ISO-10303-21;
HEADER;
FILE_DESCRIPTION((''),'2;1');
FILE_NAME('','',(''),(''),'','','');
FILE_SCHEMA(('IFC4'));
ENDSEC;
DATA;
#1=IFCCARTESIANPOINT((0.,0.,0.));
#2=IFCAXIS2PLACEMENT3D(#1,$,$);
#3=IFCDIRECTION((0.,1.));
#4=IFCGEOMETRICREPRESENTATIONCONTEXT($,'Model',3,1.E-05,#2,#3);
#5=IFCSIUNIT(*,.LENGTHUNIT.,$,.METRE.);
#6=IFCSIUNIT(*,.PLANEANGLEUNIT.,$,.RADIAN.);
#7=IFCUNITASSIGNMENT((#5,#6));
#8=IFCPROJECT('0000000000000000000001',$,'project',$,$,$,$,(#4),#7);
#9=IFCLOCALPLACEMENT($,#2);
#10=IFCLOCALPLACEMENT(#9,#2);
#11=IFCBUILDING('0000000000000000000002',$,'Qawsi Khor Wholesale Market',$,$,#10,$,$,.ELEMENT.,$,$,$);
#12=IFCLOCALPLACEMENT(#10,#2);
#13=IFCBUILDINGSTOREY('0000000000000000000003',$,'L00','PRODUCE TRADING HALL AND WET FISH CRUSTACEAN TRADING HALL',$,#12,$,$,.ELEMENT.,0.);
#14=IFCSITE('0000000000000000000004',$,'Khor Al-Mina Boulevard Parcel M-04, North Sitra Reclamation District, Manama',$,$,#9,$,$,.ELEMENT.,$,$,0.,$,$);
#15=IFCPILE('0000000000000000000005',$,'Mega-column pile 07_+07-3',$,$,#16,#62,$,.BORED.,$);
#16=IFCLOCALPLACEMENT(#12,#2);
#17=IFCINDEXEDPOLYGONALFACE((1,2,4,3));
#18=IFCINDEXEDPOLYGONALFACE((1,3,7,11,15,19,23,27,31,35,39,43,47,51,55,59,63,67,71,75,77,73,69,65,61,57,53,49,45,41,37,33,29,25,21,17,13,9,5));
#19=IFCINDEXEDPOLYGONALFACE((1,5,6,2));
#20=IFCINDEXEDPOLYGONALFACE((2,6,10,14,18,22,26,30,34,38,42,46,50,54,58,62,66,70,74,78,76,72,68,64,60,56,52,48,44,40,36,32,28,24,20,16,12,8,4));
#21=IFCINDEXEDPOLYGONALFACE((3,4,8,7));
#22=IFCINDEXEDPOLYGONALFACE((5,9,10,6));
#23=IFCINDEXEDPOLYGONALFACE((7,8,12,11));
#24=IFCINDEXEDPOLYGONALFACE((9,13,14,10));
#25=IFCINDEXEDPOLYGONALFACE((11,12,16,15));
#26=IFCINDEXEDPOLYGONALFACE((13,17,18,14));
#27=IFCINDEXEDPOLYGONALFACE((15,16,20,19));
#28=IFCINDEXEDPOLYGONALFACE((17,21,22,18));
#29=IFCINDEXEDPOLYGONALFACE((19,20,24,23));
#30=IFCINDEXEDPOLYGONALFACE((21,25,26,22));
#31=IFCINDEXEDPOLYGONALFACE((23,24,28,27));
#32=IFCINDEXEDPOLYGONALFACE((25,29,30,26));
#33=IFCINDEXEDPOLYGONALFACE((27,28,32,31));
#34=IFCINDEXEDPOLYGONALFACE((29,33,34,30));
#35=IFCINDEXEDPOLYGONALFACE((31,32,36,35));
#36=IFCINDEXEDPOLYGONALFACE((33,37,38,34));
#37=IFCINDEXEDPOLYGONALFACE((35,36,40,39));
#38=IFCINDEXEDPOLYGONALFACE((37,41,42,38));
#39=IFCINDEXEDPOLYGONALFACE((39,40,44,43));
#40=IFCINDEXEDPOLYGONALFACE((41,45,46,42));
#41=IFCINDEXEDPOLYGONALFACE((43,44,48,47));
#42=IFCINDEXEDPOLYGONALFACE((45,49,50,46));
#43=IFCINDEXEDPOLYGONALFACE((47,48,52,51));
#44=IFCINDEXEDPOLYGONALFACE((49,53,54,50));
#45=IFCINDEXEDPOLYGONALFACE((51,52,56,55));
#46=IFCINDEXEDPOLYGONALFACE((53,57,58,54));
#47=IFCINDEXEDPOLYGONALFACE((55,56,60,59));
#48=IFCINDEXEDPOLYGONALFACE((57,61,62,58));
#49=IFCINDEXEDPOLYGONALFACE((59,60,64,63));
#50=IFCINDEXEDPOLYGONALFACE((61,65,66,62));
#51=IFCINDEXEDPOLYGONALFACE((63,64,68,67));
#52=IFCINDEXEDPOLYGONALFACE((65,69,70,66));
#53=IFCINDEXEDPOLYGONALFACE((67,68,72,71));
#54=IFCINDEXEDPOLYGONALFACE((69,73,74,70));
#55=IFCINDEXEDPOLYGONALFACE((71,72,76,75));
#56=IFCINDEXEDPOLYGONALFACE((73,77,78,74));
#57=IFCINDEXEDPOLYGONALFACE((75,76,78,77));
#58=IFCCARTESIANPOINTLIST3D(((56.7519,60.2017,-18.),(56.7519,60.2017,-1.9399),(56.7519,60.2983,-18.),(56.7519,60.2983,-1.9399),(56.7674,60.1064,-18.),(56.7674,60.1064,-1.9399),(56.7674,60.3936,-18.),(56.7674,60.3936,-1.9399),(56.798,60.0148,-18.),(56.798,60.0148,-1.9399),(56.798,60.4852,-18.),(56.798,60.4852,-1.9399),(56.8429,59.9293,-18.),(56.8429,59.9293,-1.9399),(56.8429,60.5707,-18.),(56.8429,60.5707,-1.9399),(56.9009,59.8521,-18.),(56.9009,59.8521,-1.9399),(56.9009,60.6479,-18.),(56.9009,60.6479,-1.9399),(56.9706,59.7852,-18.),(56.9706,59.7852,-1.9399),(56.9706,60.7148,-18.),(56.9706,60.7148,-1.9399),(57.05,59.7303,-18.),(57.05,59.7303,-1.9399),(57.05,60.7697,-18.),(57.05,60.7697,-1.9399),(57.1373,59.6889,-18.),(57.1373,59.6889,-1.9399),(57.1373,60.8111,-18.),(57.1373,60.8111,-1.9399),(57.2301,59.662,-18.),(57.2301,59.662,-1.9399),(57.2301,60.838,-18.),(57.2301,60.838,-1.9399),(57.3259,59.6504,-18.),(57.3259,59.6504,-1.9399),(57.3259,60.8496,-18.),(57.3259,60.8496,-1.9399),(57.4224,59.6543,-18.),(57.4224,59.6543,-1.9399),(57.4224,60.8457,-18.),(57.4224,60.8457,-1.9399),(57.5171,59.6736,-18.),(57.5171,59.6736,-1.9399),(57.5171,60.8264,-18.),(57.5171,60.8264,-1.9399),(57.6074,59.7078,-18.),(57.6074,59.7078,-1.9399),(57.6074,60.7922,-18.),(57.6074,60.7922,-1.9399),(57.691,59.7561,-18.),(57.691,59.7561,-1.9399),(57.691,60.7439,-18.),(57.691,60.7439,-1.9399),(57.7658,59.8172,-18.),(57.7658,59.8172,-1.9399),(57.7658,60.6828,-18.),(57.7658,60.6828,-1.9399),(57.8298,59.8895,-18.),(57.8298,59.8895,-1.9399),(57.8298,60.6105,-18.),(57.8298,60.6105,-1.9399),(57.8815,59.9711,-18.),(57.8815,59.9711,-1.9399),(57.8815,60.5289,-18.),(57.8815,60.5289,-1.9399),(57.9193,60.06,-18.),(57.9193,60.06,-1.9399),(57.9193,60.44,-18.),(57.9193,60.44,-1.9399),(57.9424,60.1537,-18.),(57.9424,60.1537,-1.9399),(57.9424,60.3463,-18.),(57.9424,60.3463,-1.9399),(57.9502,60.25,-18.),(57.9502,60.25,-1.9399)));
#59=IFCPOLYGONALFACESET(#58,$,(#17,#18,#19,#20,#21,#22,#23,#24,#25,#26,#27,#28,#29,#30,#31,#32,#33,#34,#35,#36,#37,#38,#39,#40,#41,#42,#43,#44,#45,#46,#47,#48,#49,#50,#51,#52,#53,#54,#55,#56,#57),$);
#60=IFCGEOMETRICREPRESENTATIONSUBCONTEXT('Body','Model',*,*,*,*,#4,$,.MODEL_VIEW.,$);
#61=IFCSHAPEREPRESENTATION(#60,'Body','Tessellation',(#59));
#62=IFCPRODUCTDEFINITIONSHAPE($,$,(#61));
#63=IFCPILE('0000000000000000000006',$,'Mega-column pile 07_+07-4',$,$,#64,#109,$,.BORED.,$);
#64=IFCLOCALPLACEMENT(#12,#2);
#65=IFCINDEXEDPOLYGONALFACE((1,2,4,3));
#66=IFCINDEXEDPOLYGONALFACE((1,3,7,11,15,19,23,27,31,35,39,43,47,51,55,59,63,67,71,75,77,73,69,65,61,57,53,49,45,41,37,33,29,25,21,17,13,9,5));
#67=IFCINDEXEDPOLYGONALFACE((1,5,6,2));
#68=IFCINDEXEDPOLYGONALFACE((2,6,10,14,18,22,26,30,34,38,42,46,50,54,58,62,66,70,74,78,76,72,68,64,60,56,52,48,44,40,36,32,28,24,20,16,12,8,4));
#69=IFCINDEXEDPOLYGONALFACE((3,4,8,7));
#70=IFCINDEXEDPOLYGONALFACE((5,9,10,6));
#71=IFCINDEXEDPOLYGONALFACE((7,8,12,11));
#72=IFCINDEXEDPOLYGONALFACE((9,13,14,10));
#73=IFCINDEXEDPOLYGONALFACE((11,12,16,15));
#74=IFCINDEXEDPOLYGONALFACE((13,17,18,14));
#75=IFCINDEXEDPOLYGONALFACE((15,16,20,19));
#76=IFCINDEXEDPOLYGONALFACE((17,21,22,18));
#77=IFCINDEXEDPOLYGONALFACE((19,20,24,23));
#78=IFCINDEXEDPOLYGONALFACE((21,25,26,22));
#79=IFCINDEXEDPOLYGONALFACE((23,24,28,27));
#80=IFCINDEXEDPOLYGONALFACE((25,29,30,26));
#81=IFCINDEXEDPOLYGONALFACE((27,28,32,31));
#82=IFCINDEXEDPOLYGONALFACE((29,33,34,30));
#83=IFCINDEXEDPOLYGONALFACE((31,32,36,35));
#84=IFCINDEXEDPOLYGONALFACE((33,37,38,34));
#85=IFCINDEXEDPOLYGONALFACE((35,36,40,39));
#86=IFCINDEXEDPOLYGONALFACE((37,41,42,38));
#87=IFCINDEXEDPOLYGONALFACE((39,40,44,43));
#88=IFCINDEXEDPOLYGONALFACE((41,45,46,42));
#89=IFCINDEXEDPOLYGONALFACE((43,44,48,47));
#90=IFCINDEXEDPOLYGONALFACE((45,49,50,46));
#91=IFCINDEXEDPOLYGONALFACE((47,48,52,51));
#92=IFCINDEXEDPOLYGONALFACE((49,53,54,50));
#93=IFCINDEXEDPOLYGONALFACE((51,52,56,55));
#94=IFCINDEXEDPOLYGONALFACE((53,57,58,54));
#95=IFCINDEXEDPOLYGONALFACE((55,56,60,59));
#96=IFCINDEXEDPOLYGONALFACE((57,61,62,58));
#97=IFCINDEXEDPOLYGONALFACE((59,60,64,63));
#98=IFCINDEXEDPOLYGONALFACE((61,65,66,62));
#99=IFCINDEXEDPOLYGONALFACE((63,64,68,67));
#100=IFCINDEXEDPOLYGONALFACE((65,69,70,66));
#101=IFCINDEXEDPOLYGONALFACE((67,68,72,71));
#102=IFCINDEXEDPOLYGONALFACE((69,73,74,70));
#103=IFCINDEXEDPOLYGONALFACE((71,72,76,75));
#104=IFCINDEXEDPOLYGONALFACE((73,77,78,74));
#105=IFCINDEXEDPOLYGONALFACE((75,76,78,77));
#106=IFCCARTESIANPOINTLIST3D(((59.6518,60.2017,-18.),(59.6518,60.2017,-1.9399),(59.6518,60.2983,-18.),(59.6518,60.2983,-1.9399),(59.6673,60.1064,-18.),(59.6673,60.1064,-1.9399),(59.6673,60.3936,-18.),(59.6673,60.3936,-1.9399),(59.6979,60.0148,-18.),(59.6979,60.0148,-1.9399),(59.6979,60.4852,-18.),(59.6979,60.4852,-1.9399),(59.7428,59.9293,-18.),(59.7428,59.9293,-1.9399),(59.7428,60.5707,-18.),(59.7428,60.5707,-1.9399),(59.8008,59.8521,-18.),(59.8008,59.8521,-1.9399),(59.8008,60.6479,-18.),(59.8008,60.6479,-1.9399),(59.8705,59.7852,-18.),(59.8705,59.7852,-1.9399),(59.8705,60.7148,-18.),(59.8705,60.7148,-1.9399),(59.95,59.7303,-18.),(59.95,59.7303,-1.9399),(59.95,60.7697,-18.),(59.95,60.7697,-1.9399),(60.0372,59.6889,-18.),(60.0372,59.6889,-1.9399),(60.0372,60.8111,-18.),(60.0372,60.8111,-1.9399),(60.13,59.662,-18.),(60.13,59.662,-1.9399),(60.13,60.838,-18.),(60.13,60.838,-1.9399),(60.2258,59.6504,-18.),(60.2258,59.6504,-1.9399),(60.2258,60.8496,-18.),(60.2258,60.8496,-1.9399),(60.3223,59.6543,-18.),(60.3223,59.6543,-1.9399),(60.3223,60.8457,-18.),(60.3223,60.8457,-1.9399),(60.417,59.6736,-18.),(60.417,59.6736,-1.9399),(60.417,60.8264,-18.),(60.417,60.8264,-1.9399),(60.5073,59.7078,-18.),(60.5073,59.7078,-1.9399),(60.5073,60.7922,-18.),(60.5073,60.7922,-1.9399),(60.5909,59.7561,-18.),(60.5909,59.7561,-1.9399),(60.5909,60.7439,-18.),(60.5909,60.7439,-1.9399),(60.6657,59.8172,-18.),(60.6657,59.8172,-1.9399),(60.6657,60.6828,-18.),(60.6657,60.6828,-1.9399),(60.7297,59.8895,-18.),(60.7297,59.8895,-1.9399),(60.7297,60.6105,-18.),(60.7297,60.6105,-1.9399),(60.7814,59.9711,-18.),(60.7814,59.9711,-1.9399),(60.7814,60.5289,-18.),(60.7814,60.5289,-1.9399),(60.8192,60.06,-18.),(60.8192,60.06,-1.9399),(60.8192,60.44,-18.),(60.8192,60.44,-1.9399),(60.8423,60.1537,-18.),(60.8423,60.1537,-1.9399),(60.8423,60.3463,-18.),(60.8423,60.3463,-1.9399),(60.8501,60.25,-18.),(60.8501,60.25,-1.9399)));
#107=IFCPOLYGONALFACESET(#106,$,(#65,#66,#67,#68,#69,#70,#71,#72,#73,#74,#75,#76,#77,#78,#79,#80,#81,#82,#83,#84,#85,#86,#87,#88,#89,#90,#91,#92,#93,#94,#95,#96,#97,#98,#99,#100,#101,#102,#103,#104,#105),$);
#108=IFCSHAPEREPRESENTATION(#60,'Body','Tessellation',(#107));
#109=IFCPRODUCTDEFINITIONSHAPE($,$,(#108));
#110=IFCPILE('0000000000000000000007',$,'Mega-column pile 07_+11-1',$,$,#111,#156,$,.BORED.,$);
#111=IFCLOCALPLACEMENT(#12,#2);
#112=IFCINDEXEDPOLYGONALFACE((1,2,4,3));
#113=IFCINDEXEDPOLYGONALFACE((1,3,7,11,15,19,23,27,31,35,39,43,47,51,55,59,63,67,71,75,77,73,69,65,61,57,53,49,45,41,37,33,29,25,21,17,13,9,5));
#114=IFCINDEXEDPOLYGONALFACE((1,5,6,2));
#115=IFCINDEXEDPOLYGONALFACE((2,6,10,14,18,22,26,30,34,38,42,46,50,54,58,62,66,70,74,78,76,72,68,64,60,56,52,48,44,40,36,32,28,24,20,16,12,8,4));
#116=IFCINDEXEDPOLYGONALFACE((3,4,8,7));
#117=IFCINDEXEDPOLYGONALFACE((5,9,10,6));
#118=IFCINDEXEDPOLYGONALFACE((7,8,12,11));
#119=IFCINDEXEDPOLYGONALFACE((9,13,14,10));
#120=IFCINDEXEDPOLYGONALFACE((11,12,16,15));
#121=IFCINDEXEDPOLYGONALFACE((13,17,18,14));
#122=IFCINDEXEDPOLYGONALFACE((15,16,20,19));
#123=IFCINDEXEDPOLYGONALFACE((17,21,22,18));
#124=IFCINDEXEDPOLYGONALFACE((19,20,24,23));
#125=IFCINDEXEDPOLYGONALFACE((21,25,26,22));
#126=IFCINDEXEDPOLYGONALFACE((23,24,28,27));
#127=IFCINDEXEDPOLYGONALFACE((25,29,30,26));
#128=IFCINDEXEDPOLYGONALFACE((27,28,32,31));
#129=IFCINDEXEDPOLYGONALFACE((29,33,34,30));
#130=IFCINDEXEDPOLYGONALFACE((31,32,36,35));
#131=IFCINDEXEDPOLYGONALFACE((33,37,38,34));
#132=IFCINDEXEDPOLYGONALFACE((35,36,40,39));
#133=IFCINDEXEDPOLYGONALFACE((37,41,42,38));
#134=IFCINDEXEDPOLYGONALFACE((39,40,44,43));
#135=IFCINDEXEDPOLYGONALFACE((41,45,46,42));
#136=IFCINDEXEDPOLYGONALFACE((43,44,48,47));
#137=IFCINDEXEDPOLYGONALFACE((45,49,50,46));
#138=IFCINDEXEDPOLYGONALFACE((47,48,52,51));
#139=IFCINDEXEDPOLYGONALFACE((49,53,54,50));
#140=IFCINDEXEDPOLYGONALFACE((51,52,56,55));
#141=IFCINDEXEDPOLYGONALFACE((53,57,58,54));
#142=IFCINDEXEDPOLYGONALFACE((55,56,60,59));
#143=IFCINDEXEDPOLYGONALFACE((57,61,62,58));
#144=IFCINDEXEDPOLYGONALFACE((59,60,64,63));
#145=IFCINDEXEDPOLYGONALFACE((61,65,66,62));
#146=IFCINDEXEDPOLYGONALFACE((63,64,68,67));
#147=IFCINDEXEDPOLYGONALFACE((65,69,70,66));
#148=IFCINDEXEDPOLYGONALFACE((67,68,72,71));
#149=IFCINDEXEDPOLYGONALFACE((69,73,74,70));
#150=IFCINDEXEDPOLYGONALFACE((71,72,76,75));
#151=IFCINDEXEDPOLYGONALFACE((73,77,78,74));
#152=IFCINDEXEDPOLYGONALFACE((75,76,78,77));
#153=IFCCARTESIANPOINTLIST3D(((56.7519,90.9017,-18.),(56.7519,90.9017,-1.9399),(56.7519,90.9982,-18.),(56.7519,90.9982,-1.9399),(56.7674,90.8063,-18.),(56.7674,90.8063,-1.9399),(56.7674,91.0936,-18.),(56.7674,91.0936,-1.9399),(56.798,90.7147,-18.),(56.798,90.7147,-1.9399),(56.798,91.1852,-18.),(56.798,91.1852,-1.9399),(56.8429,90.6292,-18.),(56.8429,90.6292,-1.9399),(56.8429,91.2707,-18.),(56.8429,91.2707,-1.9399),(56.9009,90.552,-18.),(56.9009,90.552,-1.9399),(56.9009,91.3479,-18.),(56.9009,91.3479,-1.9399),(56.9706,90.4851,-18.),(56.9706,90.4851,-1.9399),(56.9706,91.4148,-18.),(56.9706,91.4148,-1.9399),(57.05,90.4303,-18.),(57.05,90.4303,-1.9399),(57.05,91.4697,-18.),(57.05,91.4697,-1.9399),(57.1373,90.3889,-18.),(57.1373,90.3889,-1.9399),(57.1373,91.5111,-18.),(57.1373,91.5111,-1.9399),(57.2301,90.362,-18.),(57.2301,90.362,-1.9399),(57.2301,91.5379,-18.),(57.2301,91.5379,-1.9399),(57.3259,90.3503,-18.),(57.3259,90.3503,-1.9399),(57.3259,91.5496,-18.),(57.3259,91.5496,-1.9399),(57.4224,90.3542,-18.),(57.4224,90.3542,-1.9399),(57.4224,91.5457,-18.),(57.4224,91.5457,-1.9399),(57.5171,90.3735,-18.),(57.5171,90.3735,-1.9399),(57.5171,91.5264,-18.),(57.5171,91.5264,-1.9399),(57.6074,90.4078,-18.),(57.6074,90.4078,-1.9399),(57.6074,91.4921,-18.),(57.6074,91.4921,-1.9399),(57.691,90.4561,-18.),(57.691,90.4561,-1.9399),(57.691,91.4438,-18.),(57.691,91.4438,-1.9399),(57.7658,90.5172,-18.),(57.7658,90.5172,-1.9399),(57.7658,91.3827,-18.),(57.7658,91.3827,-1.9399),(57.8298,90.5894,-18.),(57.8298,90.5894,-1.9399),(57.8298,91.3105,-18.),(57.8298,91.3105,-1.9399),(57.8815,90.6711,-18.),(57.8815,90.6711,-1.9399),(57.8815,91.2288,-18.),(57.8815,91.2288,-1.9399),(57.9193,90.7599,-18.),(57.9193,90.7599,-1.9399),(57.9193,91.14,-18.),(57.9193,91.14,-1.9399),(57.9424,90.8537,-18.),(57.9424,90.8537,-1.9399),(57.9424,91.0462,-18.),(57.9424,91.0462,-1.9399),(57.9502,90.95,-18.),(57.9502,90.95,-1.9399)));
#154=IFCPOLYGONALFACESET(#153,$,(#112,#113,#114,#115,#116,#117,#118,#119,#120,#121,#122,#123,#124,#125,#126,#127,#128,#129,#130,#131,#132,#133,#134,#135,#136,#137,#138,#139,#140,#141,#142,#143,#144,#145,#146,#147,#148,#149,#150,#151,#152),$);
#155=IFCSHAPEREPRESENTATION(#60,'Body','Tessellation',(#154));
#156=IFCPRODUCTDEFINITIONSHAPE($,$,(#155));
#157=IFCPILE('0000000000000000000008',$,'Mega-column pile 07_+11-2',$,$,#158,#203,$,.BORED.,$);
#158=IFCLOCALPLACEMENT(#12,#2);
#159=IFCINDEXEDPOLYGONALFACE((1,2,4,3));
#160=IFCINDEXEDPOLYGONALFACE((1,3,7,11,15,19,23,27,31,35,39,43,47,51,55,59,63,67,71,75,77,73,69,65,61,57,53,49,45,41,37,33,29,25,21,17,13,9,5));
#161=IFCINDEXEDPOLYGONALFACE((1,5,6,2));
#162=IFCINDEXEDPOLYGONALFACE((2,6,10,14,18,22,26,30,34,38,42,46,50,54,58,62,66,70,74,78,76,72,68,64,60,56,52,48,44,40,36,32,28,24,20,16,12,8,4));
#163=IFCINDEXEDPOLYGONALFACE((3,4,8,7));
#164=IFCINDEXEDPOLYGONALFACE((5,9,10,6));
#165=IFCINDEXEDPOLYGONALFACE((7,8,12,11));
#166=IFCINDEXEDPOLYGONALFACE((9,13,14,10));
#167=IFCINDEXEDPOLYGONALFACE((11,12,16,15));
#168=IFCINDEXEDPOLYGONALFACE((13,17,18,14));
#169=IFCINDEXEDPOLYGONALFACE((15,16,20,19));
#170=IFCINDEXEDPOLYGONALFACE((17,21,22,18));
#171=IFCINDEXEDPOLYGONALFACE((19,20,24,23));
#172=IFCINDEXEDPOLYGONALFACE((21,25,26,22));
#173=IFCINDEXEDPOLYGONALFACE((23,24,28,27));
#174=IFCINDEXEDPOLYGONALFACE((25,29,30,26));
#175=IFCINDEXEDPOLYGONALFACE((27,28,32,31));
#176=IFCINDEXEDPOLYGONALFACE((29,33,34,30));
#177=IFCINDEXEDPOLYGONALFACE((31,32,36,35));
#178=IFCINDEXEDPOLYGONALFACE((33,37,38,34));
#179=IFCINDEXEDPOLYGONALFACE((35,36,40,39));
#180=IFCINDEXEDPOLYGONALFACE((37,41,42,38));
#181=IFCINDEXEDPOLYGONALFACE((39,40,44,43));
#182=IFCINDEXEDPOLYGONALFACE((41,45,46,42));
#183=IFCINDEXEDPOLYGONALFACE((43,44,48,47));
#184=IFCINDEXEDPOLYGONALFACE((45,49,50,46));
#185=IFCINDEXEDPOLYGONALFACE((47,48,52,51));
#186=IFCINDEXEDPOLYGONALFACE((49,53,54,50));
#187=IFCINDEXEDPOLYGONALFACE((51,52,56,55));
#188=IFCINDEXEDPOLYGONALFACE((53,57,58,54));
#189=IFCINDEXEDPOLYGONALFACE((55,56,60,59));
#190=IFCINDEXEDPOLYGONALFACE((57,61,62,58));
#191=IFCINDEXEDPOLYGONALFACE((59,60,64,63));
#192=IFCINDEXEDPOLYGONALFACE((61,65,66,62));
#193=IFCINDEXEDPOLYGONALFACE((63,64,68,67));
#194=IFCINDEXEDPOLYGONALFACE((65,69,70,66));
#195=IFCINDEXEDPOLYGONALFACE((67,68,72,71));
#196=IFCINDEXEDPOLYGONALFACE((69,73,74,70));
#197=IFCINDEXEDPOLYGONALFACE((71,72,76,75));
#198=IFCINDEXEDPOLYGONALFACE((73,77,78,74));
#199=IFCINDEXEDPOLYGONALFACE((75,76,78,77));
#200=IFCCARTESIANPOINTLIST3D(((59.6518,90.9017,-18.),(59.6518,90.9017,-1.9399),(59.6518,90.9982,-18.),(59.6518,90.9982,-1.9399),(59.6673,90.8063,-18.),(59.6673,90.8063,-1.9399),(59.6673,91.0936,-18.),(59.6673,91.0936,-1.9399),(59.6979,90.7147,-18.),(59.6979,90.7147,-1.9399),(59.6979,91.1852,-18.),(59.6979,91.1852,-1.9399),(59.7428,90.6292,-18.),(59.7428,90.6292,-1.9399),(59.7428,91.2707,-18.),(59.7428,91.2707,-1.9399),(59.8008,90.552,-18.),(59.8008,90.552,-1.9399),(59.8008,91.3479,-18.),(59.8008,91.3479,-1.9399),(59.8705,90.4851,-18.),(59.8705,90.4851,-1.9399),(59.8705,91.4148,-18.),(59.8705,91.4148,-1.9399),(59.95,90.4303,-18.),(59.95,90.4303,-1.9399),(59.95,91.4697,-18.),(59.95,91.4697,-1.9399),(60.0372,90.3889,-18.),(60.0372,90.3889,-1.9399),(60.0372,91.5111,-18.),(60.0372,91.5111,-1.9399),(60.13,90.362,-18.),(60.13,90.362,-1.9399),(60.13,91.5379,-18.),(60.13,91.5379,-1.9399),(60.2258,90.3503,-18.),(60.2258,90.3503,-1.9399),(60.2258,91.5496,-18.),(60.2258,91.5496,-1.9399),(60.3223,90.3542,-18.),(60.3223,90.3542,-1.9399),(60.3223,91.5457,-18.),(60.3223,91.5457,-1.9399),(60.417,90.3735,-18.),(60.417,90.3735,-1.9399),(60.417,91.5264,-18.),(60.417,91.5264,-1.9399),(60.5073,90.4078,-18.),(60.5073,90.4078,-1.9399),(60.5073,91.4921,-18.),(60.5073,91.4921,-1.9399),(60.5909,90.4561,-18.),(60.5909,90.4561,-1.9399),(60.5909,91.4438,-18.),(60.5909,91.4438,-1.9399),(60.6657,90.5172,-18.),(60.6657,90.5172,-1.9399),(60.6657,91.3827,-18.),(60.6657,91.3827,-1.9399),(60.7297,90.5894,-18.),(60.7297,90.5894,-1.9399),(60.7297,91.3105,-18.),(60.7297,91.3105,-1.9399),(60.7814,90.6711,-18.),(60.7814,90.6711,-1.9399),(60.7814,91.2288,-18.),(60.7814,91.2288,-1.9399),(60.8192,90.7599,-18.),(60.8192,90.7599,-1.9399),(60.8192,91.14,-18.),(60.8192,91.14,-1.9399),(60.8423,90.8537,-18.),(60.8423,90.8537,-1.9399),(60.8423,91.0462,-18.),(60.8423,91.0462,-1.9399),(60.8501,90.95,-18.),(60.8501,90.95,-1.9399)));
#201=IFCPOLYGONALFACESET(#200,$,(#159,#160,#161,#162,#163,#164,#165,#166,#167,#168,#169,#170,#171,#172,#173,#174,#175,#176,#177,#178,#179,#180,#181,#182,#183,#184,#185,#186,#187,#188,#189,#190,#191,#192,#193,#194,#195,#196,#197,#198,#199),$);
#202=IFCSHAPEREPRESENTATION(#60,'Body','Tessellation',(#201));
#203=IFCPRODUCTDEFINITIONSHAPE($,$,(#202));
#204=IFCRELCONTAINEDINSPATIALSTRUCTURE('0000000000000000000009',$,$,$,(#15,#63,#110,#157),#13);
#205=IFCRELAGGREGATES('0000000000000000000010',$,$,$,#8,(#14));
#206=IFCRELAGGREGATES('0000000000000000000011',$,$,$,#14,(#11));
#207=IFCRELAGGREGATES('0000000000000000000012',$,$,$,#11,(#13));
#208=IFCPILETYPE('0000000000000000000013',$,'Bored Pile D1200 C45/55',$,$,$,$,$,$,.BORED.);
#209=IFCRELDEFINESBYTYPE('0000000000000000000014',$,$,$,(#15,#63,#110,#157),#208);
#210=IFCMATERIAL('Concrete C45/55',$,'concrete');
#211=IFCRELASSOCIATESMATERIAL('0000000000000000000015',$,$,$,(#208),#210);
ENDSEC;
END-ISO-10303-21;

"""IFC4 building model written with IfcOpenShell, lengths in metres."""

from ifc_helpers import new_model, si_unit, direction, frame, origin, origin_2d, place, context, subcontext, project, spatial, circle, extrude, material, material_profile, profile_set, type_object, element, save


model = new_model("IFC4")

# Units and contexts
model_context = context("Model", 3, precision=1e-05, world=origin(), true_north=direction((0.0, 1.0)))
body_context = subcontext(model_context, "Body", "Model", "MODEL_VIEW")
ifc_project = project(units=[si_unit("LENGTHUNIT", "METRE"), si_unit("PLANEANGLEUNIT", "RADIAN")], contexts=[model_context])

# Site, building, storey
site_placement = place(None, origin())
site = spatial("IfcSite", under=ifc_project, at=site_placement, Name="Khor Al-Mina Boulevard Parcel M-04, North Sitra Reclamation District, Manama", CompositionType="ELEMENT", RefElevation=0.0)
building_placement = place(site_placement, origin())
building = spatial("IfcBuilding", under=site, at=building_placement, Name="Qawsi Khor Wholesale Market", CompositionType="ELEMENT")
storey_placement = place(building_placement, origin())
storey = spatial("IfcBuildingStorey", under=building, at=storey_placement, Name="L00", Description="PRODUCE TRADING HALL AND WET FISH CRUSTACEAN TRADING HALL", CompositionType="ELEMENT", Elevation=0.0)

# Piles
ifc_material_1 = material(Name="Concrete C45/55", Category="concrete")
ifc_material_profile_1 = material_profile(ifc_material_1, circle(Radius=0.6001, at=origin_2d()), Name="PILE D1200")
ifc_profile_set_1 = profile_set([ifc_material_profile_1], Name="Concrete C45/55")
pile_type_1 = type_object("IfcPileType", Name="Bored Pile D1200 C45/55", PredefinedType="BORED", material=ifc_profile_set_1)
for number, where, z_axis, x_axis, name in (
    (1, (57.3501, 60.25, -1.9399), (0.0, 0.0, -1.0), (1.0, 0.0, 0.0), "Mega-column pile 07_+07-3"),
    (2, (60.25, 60.25, -1.9399), (0.0, 0.0, -1.0), (1.0, 0.0, 0.0), "Mega-column pile 07_+07-4"),
    (3, (57.3501, 90.95, -1.9399), (0.0, 0.0, -1.0), (1.0, 0.0, 0.0), "Mega-column pile 07_+11-1"),
    (4, (60.25, 90.95, -1.9399), (0.0, 0.0, -1.0), (1.0, 0.0, 0.0), "Mega-column pile 07_+11-2"),
):
    element("IfcPile", number, at=place(storey_placement, frame(where, z_axis=z_axis, x_axis=x_axis)), inside=storey, type_object=pile_type_1, Name=name, PredefinedType="BORED", context=body_context, shape_type="SweptSolid", body=[
        extrude(circle(Radius=0.6001, at=origin_2d()), origin(), (0.0, 0.0, 1.0), 16.0601),
    ])

save(model, "model.ifc")
